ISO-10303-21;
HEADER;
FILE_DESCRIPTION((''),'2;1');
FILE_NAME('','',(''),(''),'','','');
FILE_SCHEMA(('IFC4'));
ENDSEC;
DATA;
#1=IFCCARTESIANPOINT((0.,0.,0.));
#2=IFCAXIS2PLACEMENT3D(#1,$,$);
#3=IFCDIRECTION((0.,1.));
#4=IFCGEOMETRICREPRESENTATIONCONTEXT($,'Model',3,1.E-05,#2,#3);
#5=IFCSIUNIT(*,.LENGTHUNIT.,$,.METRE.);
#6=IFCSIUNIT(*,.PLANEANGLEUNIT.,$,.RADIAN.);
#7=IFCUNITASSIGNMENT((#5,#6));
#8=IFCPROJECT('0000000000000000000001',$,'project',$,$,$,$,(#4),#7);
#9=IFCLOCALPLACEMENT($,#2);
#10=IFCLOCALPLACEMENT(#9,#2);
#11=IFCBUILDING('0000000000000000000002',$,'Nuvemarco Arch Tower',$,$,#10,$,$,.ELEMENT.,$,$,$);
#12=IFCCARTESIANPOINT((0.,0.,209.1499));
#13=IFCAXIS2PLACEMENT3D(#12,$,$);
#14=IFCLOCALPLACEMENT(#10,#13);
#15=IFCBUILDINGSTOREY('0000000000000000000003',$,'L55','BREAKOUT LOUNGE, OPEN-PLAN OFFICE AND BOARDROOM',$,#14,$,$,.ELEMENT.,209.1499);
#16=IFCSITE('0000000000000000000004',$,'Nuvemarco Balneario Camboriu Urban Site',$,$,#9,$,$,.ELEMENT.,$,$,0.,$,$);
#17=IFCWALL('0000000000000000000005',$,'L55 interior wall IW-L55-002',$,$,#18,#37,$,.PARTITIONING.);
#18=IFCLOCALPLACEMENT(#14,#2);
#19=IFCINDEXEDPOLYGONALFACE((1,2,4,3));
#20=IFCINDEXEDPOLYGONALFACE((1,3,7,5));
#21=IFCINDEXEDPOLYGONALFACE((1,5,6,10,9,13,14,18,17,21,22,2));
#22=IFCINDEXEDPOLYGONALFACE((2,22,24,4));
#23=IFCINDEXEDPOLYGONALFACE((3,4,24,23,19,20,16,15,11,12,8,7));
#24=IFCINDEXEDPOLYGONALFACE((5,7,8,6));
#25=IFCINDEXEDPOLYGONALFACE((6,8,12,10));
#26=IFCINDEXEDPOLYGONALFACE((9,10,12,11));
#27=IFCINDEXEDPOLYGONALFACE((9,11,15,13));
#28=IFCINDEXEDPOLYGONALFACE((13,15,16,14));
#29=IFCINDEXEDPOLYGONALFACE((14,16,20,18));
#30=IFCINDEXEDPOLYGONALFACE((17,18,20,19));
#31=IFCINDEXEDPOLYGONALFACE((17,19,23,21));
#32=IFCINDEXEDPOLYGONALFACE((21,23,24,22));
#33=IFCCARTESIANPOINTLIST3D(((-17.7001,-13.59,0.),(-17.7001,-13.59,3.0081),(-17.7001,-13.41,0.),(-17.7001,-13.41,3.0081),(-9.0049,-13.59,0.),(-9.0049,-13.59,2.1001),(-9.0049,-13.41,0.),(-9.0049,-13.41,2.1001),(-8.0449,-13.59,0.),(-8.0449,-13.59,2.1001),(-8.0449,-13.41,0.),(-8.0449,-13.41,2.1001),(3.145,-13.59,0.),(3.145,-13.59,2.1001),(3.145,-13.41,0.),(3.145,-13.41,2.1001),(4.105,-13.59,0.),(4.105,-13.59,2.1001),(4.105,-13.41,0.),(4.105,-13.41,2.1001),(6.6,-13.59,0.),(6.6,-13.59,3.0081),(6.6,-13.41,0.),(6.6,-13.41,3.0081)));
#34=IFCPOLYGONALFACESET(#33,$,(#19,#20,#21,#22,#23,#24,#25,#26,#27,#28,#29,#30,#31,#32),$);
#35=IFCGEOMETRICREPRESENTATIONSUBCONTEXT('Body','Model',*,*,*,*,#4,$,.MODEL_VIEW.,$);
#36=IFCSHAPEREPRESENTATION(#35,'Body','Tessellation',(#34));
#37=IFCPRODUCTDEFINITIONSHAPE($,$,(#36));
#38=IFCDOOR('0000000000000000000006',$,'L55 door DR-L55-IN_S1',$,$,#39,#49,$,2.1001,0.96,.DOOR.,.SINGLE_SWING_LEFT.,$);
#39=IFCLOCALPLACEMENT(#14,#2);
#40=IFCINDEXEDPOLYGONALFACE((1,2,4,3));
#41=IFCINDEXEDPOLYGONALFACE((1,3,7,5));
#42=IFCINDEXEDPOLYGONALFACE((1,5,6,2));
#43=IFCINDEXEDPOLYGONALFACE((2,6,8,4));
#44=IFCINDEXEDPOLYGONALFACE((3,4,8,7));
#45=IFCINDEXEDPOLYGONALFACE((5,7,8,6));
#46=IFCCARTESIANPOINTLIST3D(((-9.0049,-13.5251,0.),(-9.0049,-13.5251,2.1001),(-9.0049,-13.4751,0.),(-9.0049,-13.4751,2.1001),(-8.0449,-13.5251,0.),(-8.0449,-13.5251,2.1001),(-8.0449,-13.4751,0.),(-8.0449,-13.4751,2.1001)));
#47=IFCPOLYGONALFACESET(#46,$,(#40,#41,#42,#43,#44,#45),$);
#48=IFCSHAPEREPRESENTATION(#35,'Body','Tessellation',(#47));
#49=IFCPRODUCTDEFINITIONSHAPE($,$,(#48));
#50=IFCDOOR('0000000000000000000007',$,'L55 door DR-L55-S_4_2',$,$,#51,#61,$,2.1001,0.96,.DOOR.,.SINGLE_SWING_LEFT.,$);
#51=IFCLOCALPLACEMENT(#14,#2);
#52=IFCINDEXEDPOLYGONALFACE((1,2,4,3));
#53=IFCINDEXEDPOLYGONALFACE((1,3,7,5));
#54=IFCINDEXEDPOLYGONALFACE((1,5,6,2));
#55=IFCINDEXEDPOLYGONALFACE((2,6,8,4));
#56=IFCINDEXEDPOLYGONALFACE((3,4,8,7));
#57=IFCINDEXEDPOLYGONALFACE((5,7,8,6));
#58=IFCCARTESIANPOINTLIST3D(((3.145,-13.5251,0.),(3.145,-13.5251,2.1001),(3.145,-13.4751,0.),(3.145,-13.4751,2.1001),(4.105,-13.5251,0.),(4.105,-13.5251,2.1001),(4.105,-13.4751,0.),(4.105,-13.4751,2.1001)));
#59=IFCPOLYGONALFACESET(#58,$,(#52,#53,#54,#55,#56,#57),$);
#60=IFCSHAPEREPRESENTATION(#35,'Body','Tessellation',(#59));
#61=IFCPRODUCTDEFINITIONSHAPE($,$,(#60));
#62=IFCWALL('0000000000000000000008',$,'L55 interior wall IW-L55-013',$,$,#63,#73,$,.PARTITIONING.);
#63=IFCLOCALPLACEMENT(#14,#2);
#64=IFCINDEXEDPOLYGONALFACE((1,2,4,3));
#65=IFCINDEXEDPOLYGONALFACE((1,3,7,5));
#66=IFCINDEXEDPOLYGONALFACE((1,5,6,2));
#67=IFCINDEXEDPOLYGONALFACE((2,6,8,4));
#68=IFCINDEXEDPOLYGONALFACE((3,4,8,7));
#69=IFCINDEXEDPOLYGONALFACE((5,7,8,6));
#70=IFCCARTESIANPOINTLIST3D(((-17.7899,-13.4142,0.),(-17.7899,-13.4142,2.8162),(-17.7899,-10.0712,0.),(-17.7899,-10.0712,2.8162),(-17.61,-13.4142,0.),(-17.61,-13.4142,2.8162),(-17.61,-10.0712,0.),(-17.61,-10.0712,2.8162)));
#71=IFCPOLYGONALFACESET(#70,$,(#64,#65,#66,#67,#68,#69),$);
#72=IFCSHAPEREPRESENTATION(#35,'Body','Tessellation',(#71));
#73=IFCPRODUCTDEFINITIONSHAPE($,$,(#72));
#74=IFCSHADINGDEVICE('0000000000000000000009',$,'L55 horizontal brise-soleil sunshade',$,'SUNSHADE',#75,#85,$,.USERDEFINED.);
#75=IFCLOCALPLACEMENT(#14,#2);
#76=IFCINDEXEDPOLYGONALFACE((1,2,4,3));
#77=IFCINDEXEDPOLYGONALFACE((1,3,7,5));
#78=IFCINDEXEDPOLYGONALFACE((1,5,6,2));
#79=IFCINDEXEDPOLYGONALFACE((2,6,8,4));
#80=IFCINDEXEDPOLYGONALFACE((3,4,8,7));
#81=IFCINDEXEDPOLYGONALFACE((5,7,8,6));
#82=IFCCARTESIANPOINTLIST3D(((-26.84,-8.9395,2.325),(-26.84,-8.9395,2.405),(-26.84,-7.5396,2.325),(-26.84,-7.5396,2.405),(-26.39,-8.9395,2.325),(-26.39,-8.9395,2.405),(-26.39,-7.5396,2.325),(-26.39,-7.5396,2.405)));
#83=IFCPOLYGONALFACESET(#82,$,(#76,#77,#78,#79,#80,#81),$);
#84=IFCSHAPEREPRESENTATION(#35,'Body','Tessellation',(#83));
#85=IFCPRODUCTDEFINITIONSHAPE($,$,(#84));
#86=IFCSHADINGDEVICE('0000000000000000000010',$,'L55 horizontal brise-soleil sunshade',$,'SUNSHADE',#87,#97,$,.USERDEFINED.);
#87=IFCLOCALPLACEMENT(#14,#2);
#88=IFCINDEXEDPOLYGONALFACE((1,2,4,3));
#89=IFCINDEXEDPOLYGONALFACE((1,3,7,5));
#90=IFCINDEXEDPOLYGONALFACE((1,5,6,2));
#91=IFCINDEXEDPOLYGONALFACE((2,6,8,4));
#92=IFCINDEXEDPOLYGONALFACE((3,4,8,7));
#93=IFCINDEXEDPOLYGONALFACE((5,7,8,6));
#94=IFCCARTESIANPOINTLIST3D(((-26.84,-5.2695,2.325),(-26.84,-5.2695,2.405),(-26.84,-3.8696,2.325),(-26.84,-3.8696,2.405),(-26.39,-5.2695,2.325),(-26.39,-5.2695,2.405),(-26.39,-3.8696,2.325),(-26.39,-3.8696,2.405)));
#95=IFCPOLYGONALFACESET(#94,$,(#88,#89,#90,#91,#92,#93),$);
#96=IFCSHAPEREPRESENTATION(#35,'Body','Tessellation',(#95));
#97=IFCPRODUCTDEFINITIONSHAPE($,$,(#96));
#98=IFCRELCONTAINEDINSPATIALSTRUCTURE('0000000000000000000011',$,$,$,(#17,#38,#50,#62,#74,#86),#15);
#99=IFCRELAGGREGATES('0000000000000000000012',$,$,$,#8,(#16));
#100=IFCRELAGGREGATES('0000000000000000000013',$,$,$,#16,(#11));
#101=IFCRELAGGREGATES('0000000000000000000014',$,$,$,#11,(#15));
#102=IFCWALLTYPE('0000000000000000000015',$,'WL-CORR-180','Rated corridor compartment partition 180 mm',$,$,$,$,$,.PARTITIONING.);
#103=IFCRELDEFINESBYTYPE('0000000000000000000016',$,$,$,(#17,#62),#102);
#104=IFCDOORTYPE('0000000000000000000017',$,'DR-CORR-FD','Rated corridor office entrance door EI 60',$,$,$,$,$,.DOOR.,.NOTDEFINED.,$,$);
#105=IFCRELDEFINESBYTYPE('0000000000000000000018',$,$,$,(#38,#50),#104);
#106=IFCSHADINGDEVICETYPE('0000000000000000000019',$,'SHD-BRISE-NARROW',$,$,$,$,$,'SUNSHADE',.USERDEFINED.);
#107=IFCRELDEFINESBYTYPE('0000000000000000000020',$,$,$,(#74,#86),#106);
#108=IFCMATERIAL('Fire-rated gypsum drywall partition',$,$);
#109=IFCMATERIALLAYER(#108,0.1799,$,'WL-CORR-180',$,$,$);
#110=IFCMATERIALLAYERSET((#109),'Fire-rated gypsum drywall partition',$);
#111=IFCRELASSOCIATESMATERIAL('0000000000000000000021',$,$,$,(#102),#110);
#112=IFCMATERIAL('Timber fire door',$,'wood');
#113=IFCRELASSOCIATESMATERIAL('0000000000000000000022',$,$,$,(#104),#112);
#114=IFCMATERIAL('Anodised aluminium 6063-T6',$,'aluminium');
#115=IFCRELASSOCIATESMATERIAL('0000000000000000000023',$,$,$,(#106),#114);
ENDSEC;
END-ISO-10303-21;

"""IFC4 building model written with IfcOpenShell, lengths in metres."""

from ifc_helpers import new_model, si_unit, direction, frame, frame_2d, origin, origin_2d, place, context, subcontext, project, spatial, rectangle, extrude, source, transform, mapped, material, layer, layer_set, type_object, type_shapes, element, fill, save


model = new_model("IFC4")

# Units and contexts
model_context = context("Model", 3, precision=1e-05, world=origin(), true_north=direction((0.0, 1.0)))
body_context = subcontext(model_context, "Body", "Model", "MODEL_VIEW")
ifc_project = project(units=[si_unit("LENGTHUNIT", "METRE"), si_unit("PLANEANGLEUNIT", "RADIAN")], contexts=[model_context])

# Site, building, storey
site_placement = place(None, origin())
site = spatial("IfcSite", under=ifc_project, at=site_placement, Name="Nuvemarco Balneario Camboriu Urban Site", CompositionType="ELEMENT", RefElevation=0.0)
building_placement = place(site_placement, origin())
building = spatial("IfcBuilding", under=site, at=building_placement, Name="Nuvemarco Arch Tower", CompositionType="ELEMENT")
storey_placement = place(building_placement, frame((0.0, 0.0, 209.1499)))
storey = spatial("IfcBuildingStorey", under=building, at=storey_placement, Name="L55", Description="BREAKOUT LOUNGE, OPEN-PLAN OFFICE AND BOARDROOM", CompositionType="ELEMENT", Elevation=209.1499)

# Wall, openings, doors
ifc_material_1 = material(Name="Fire-rated gypsum drywall partition")
ifc_layer_1 = layer(ifc_material_1, 0.1799, Name="WL-CORR-180")
ifc_layer_set_1 = layer_set([ifc_layer_1], Name="Fire-rated gypsum drywall partition")
wall_type_1 = type_object("IfcWallType", Name="WL-CORR-180", Description="Rated corridor compartment partition 180 mm", PredefinedType="PARTITIONING", material=ifc_layer_set_1)
wall_1_placement = place(storey_placement, frame((-17.7, -13.5, 0.0), z_axis=(0.0, 0.0, 1.0), x_axis=(1.0, 0.0, 0.0)))
wall_1 = element("IfcWall", 1, at=wall_1_placement, inside=storey, type_object=wall_type_1, Name="L55 interior wall IW-L55-002", PredefinedType="PARTITIONING", context=body_context, shape_type="SweptSolid", body=[
    extrude(rectangle(XDim=24.3, YDim=0.1799, at=frame_2d((12.1499, 0.0))), origin(), (0.0, 0.0, 1.0), 3.0081),
])
opening_1_placement = place(wall_1_placement, frame((8.6951, 0.0, 0.0)))
opening_1 = element("IfcOpeningElement", 2, at=opening_1_placement, cuts=wall_1, PredefinedType="OPENING", context=body_context, shape_type="SweptSolid", body=[
    extrude(rectangle(XDim=0.96, YDim=2.1001, at=frame_2d((0.48, 1.05))), frame((0.0, 0.0999, 0.0), z_axis=(0.0, -1.0, 0.0), x_axis=(1.0, 0.0, 0.0)), (0.0, 0.0, 1.0), 0.2),
])
opening_2_placement = place(wall_1_placement, frame((20.845, 0.0, 0.0)))
opening_2 = element("IfcOpeningElement", 3, at=opening_2_placement, cuts=wall_1, PredefinedType="OPENING", context=body_context, shape_type="SweptSolid", body=[
    extrude(rectangle(XDim=0.96, YDim=2.1001, at=frame_2d((0.48, 1.05))), frame((0.0, 0.0999, 0.0), z_axis=(0.0, -1.0, 0.0), x_axis=(1.0, 0.0, 0.0)), (0.0, 0.0, 1.0), 0.2),
])
ifc_material_2 = material(Name="Timber fire door", Category="wood")
door_type = type_object("IfcDoorType", Name="DR-CORR-FD", Description="Rated corridor office entrance door EI 60", OperationType="NOTDEFINED", PredefinedType="DOOR", material=ifc_material_2)
shared_shape_1 = source(origin(), body_context, "Body", "SweptSolid", [
    extrude(rectangle(XDim=0.96, YDim=2.1001, at=frame_2d((0.48, 1.05))), frame((0.0, 0.0249, 0.0), z_axis=(0.0, -1.0, 0.0), x_axis=(1.0, 0.0, 0.0)), (0.0, 0.0, 1.0), 0.05),
])
type_shapes(door_type, [shared_shape_1])
door_1_placement = place(opening_1_placement, origin())
door_1 = element("IfcDoor", 4, at=door_1_placement, inside=storey, type_object=door_type, Name="L55 door DR-L55-IN_S1", OperationType="SINGLE_SWING_LEFT", OverallHeight=2.1001, OverallWidth=0.96, PredefinedType="DOOR", context=body_context, shape_type="MappedRepresentation", body=[
    mapped(shared_shape_1, transform((0.0, 0.0, 0.0), scale=1.0)),
])
fill(opening_1, door_1)
door_2_placement = place(opening_2_placement, origin())
door_2 = element("IfcDoor", 5, at=door_2_placement, inside=storey, type_object=door_type, Name="L55 door DR-L55-S_4_2", OperationType="SINGLE_SWING_LEFT", OverallHeight=2.1001, OverallWidth=0.96, PredefinedType="DOOR", context=body_context, shape_type="MappedRepresentation", body=[
    mapped(shared_shape_1, transform((0.0, 0.0, 0.0), scale=1.0)),
])
fill(opening_2, door_2)

# Wall
wall_2_placement = place(storey_placement, frame((-17.7, -13.4141, 0.0), z_axis=(0.0, 0.0, 1.0), x_axis=(0.0, 1.0, 0.0)))
element("IfcWall", 6, at=wall_2_placement, inside=storey, type_object=wall_type_1, Name="L55 interior wall IW-L55-013", PredefinedType="PARTITIONING", context=body_context, shape_type="SweptSolid", body=[
    extrude(rectangle(XDim=3.343, YDim=0.1799, at=frame_2d((1.6714, 0.0))), origin(), (0.0, 0.0, 1.0), 2.8162),
])

# Shading devices
ifc_material_3 = material(Name="Anodised aluminium 6063-T6", Category="aluminium")
shading_device_type = type_object("IfcShadingDeviceType", Name="SHD-BRISE-NARROW", ElementType="SUNSHADE", PredefinedType="USERDEFINED", material=ifc_material_3)
shared_shape_2 = source(origin(), body_context, "Body", "SweptSolid", [
    extrude(rectangle(XDim=1.3999, YDim=0.45, at=origin_2d()), origin(), (0.0, 0.0, 1.0), 0.0801),
])
type_shapes(shading_device_type, [shared_shape_2])
for number, where, z_axis, x_axis, name in (
    (7, (-26.615, -8.2395, 2.325), (0.0, 0.0, 1.0), (0.0, 1.0, 0.0), "L55 horizontal brise-soleil sunshade"),
    (8, (-26.615, -4.5696, 2.325), (0.0, 0.0, 1.0), (0.0, 1.0, 0.0), "L55 horizontal brise-soleil sunshade"),
):
    element("IfcShadingDevice", number, at=place(storey_placement, frame(where, z_axis=z_axis, x_axis=x_axis)), inside=storey, type_object=shading_device_type, Name=name, ObjectType="SUNSHADE", PredefinedType="USERDEFINED", context=body_context, shape_type="MappedRepresentation", body=[
        mapped(shared_shape_2, transform((0.0, 0.0, 0.0), scale=1.0)),
    ])

save(model, "model.ifc")
